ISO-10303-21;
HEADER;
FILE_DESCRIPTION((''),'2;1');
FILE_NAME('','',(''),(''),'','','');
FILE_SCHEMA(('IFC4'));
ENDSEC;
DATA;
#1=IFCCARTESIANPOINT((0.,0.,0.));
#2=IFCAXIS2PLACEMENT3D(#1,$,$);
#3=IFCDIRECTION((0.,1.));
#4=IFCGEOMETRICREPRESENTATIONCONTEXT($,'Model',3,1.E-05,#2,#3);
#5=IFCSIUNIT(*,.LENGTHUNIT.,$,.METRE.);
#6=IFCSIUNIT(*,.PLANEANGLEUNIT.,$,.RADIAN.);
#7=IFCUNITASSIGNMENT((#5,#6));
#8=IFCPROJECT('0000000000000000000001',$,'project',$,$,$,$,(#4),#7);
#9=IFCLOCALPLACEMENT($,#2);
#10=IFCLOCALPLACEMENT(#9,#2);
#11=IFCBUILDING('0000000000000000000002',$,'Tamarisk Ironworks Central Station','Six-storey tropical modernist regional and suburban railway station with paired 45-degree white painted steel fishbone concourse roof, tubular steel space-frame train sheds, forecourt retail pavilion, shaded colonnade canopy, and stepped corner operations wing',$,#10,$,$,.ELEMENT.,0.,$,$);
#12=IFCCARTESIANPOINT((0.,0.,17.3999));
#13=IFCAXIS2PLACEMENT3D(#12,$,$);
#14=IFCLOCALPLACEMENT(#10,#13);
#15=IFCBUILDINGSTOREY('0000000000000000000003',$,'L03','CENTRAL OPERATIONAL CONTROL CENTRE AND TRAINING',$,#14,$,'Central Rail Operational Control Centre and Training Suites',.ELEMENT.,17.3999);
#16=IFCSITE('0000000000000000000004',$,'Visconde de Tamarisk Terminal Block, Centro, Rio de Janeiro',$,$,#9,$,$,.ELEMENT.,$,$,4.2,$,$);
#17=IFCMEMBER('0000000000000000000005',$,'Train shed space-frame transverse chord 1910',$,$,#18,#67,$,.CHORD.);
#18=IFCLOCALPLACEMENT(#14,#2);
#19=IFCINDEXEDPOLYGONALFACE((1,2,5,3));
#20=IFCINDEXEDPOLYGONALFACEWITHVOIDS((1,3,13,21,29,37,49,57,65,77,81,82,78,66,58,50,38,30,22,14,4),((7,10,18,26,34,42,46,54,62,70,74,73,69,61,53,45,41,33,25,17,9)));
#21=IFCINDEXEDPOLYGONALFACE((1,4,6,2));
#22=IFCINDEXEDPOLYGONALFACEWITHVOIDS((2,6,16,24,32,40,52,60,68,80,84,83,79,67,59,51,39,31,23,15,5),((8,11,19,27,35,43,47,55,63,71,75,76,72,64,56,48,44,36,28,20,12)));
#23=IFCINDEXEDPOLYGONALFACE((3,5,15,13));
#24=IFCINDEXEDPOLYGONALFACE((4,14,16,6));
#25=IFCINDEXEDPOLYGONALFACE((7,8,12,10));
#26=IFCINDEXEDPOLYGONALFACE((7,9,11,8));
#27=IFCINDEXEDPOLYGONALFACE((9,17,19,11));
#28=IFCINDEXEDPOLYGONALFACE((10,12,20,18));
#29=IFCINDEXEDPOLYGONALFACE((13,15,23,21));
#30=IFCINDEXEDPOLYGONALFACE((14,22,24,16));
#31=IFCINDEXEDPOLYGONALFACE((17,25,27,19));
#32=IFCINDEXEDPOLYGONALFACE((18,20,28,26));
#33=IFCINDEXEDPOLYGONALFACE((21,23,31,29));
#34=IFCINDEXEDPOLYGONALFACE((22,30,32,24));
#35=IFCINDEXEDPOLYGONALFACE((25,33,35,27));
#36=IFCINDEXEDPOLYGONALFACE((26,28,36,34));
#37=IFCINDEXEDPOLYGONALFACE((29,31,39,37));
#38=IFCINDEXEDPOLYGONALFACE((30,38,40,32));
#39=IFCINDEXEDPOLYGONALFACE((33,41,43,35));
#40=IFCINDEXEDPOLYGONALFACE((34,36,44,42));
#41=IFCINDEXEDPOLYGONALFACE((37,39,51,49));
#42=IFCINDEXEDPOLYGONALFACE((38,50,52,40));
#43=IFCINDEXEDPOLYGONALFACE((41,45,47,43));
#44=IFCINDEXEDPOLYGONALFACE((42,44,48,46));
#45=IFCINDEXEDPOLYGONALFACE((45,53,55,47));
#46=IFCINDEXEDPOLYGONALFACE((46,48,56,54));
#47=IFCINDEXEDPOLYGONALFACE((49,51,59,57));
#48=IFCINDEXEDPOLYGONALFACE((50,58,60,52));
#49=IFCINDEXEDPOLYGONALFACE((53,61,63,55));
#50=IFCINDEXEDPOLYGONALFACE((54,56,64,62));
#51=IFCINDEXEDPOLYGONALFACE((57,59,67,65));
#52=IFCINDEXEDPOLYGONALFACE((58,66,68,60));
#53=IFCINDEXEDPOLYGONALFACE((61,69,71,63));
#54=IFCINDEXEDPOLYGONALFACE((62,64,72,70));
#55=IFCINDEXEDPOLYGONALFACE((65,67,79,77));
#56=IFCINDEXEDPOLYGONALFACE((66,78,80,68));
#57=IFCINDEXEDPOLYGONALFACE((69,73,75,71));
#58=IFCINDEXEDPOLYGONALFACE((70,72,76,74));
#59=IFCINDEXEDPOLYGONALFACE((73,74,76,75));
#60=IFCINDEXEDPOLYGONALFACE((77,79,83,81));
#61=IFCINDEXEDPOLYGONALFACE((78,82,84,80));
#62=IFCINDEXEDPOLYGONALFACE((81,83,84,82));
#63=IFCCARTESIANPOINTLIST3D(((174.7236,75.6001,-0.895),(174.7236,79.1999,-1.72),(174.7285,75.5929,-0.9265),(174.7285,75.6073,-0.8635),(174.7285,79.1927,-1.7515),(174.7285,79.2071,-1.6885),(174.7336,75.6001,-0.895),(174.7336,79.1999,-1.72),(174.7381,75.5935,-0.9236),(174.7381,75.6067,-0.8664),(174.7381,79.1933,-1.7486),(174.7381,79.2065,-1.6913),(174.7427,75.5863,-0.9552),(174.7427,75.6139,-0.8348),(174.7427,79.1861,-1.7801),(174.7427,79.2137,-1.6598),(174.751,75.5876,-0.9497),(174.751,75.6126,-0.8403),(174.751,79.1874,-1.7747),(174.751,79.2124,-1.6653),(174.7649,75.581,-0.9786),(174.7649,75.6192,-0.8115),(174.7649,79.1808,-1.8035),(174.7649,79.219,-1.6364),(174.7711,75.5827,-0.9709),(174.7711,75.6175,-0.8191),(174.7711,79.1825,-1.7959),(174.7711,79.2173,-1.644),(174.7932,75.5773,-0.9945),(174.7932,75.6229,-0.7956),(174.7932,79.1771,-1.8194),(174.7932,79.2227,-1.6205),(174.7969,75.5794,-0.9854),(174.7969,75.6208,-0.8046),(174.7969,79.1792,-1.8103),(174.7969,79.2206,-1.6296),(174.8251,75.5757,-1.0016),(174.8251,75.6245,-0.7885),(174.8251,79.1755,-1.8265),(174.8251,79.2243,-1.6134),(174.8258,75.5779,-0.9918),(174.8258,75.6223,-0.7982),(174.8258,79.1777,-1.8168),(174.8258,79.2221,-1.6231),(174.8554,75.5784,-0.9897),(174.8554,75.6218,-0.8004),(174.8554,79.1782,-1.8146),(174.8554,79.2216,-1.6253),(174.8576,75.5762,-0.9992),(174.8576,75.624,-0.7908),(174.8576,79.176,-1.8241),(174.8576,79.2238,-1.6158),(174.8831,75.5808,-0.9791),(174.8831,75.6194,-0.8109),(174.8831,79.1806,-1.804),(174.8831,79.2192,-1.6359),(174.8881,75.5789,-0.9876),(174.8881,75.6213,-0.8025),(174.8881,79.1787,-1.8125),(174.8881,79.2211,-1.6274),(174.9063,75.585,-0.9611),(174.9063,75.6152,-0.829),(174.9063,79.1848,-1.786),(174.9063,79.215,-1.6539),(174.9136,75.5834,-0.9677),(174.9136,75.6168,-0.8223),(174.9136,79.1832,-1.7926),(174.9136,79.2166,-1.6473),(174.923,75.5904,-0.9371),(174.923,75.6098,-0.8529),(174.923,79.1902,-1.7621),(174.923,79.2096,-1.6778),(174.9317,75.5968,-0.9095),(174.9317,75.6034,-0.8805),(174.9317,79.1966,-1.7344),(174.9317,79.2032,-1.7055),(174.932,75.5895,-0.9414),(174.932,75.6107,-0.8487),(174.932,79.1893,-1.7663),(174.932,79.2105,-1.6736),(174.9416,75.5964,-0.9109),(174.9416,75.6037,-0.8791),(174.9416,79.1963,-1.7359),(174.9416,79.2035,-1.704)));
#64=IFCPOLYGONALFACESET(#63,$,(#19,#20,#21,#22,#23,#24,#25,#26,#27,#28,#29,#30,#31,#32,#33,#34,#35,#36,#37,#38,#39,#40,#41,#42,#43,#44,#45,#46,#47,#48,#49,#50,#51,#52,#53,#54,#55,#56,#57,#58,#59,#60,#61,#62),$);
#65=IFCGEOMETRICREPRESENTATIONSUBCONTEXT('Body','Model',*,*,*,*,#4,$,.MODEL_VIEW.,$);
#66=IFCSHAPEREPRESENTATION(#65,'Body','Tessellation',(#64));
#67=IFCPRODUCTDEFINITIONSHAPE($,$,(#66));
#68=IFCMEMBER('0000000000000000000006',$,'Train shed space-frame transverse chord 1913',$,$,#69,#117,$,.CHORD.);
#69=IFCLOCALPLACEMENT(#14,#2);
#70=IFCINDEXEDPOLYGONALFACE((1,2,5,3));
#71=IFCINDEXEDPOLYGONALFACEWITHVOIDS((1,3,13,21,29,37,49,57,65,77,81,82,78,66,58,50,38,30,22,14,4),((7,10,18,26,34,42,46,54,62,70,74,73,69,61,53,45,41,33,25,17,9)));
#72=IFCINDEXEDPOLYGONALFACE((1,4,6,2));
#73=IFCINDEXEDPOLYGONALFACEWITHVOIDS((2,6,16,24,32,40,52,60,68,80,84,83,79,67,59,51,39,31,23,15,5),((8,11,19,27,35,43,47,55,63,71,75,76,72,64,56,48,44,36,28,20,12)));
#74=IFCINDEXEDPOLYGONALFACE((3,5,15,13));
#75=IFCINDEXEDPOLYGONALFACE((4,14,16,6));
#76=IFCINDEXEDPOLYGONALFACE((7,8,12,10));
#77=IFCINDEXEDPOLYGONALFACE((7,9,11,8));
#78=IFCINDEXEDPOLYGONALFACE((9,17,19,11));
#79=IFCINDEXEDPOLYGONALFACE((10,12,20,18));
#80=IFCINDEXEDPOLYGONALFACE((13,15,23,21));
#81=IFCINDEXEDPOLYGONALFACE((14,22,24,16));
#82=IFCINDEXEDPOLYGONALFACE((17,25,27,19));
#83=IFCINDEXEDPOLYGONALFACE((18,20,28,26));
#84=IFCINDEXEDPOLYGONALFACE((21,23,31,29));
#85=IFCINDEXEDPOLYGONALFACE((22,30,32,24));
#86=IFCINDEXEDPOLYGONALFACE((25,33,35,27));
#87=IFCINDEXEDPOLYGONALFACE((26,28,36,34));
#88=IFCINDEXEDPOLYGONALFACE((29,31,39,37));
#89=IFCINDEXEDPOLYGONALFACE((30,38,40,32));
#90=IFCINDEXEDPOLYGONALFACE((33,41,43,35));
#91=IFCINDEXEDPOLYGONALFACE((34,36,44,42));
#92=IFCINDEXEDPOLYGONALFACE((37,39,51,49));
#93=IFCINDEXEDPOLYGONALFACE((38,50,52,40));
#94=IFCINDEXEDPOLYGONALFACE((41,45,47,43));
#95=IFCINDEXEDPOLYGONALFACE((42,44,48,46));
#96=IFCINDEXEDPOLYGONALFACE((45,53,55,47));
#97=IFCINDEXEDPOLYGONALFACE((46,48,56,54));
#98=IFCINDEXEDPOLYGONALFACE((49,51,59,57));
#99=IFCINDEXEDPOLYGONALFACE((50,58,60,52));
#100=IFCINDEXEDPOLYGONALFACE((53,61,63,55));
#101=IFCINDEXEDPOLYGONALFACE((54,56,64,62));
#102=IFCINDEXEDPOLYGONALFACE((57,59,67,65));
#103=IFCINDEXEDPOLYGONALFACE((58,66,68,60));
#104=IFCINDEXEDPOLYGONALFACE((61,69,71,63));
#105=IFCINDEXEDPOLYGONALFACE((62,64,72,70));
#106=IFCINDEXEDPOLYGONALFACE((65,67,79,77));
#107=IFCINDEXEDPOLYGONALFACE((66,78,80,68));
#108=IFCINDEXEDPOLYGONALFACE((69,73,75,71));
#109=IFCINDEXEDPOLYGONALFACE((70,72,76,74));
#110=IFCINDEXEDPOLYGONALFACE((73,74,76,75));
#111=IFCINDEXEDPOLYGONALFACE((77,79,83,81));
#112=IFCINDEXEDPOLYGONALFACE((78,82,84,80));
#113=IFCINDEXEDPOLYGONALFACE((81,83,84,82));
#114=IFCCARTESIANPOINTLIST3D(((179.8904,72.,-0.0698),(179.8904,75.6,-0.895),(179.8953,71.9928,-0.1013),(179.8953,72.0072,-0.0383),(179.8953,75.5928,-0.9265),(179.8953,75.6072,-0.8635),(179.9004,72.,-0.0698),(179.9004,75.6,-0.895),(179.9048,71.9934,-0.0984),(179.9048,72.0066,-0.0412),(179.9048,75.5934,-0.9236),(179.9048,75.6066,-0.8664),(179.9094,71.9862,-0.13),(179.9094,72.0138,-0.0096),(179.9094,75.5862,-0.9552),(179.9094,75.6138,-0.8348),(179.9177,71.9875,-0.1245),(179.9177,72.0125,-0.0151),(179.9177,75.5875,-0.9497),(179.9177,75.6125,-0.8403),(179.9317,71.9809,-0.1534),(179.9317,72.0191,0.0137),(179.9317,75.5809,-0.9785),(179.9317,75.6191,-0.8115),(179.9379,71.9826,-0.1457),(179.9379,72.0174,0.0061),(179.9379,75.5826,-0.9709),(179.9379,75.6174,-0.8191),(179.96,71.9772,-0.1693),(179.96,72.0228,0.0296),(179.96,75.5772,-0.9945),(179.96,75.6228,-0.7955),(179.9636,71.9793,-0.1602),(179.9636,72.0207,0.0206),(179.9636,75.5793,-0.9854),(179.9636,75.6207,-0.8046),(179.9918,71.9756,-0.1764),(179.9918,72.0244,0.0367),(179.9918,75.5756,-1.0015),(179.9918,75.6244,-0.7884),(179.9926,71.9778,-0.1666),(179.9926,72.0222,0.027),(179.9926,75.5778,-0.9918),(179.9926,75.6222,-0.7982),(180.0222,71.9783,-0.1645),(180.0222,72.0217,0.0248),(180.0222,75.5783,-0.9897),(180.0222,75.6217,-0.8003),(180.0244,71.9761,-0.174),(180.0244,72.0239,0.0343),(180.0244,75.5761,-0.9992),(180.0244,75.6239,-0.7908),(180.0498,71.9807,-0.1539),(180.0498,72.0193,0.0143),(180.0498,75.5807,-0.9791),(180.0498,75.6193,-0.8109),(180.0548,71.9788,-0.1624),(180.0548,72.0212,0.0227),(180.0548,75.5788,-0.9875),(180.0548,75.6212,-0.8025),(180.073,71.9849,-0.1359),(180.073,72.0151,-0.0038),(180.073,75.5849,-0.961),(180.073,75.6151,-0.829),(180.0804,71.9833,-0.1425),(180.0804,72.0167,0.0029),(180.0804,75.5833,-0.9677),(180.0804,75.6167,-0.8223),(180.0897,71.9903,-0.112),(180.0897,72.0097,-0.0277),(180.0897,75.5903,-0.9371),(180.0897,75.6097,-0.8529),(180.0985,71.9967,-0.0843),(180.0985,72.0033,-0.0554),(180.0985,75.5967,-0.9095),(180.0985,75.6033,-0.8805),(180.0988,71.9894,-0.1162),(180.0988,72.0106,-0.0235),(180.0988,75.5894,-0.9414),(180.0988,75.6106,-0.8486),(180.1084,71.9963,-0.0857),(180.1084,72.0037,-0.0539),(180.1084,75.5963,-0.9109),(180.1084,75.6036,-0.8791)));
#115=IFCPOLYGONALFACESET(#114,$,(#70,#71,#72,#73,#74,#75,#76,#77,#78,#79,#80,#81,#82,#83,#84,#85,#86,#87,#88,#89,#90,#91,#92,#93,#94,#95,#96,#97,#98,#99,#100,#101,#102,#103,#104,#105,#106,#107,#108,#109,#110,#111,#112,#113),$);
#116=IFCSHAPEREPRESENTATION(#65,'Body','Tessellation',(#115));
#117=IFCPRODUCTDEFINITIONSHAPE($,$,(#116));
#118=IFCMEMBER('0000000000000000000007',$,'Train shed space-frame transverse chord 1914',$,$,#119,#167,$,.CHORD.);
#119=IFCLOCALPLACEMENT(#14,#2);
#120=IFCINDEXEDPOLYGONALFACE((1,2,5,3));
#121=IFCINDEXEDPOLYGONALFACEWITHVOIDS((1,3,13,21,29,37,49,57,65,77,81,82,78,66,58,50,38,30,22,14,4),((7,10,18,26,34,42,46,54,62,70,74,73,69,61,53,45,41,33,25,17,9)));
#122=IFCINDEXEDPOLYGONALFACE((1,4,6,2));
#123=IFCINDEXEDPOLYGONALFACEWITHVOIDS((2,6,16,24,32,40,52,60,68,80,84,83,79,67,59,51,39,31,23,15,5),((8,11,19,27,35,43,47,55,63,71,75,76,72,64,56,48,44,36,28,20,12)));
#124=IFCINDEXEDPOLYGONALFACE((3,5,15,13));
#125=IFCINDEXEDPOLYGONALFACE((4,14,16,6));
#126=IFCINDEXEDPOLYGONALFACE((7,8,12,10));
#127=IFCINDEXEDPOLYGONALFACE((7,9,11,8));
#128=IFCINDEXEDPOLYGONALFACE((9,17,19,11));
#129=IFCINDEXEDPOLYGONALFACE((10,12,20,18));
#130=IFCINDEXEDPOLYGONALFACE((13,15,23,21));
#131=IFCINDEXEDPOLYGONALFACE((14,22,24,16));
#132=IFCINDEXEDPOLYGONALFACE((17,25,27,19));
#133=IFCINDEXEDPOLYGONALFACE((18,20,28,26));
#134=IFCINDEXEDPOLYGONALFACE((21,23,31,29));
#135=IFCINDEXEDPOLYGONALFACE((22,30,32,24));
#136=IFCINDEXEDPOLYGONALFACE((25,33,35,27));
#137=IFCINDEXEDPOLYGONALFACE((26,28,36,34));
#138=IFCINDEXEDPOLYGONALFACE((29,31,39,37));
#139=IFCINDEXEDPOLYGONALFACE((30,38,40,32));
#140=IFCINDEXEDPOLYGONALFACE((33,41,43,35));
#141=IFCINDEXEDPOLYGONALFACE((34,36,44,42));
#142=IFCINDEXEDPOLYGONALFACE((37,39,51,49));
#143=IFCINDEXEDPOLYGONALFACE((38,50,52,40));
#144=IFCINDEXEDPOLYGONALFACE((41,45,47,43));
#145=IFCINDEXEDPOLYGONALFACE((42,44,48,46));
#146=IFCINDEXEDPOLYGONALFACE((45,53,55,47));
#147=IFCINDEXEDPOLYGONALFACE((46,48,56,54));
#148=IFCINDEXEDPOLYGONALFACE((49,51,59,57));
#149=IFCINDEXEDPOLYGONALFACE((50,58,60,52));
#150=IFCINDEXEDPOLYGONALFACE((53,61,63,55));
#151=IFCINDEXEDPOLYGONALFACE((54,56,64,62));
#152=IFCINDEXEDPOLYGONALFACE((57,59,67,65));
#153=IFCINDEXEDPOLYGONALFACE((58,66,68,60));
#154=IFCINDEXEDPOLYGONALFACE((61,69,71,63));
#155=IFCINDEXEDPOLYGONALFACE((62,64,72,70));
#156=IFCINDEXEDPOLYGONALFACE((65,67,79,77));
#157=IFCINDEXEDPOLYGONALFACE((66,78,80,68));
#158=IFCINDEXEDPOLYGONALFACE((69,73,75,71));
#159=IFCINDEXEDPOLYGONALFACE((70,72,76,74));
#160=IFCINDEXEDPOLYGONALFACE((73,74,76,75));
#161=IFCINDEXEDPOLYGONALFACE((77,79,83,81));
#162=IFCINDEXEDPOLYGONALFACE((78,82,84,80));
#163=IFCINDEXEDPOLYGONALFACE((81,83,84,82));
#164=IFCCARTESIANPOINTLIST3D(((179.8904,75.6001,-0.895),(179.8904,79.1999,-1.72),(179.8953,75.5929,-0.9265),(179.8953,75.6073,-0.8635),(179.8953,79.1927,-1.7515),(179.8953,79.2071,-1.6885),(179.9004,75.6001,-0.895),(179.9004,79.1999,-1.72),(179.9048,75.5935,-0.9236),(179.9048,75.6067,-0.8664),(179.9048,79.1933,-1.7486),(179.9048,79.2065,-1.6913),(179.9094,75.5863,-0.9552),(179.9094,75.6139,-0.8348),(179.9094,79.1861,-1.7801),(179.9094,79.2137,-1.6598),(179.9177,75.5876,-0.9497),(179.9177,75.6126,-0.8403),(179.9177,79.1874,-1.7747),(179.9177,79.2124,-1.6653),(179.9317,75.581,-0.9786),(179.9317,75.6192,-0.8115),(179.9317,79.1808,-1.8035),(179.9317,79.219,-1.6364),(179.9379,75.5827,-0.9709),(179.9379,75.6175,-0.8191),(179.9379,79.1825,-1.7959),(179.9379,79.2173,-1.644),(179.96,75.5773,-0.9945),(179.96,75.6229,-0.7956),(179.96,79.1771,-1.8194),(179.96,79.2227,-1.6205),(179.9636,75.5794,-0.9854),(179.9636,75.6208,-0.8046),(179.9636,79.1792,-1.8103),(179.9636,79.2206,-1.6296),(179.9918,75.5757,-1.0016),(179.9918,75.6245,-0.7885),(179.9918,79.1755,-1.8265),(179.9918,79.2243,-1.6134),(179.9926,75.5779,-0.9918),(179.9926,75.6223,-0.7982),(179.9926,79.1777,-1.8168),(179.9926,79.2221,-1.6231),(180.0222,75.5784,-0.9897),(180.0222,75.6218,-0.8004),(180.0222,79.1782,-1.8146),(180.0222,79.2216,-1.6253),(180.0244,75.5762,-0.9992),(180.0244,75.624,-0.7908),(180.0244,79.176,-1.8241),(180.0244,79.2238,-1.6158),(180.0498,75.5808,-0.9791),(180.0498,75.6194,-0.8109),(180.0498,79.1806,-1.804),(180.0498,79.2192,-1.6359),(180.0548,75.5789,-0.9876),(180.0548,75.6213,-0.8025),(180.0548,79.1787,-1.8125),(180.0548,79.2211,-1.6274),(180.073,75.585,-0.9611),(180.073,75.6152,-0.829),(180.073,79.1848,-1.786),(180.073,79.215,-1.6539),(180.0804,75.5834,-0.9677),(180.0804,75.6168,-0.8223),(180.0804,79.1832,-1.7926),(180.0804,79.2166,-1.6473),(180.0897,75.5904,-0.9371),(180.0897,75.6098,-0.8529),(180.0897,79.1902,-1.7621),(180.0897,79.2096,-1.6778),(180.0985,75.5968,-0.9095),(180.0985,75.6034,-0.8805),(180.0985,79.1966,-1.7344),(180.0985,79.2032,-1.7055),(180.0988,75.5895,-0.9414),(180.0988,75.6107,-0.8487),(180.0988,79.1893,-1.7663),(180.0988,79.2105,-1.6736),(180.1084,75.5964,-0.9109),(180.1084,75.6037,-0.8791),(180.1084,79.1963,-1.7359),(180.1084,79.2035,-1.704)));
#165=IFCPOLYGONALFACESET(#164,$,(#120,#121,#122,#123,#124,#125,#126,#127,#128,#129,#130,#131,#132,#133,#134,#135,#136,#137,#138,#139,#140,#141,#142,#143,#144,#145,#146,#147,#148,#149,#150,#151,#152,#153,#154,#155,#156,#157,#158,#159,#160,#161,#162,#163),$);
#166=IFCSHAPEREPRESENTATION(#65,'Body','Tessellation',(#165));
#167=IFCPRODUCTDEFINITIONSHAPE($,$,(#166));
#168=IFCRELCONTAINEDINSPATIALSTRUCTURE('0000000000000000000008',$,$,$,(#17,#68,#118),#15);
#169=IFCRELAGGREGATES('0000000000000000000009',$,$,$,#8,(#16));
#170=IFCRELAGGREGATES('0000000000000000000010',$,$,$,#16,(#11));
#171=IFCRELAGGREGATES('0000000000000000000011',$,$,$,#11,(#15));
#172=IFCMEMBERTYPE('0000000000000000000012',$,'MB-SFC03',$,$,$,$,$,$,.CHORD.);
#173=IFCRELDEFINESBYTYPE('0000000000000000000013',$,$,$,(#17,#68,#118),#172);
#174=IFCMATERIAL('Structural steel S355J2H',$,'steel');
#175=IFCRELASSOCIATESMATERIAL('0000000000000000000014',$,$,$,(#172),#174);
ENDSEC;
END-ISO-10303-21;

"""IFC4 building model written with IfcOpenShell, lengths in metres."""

from ifc_helpers import new_model, si_unit, direction, frame, origin, origin_2d, place, context, subcontext, project, spatial, hollow_circle, extrude, material, material_profile, profile_set, type_object, element, save


model = new_model("IFC4")

# Units and contexts
model_context = context("Model", 3, precision=1e-05, world=origin(), true_north=direction((0.0, 1.0)))
body_context = subcontext(model_context, "Body", "Model", "MODEL_VIEW")
ifc_project = project(units=[si_unit("LENGTHUNIT", "METRE"), si_unit("PLANEANGLEUNIT", "RADIAN")], contexts=[model_context])

# Site, building, storey
site_placement = place(None, origin())
site = spatial("IfcSite", under=ifc_project, at=site_placement, Name="Visconde de Tamarisk Terminal Block, Centro, Rio de Janeiro", CompositionType="ELEMENT", RefElevation=4.2)
building_placement = place(site_placement, origin())
building = spatial("IfcBuilding", under=site, at=building_placement, Name="Tamarisk Ironworks Central Station", Description="Six-storey tropical modernist regional and suburban railway station with paired 45-degree white painted steel fishbone concourse roof, tubular steel space-frame train sheds, forecourt retail pavilion, shaded colonnade canopy, and stepped corner operations wing", CompositionType="ELEMENT", ElevationOfRefHeight=0.0)
storey_placement = place(building_placement, frame((0.0, 0.0, 17.3999)))
storey = spatial("IfcBuildingStorey", under=building, at=storey_placement, Name="L03", Description="CENTRAL OPERATIONAL CONTROL CENTRE AND TRAINING", LongName="Central Rail Operational Control Centre and Training Suites", CompositionType="ELEMENT", Elevation=17.3999)

# Members
ifc_material_1 = material(Name="Structural steel S355J2H", Category="steel")
ifc_material_profile_1 = material_profile(ifc_material_1, hollow_circle(Radius=0.1096, WallThickness=0.01, at=origin_2d()), Name="CHS 219.1x10")
ifc_profile_set_1 = profile_set([ifc_material_profile_1], Name="Structural steel S355J2H")
member_type_1 = type_object("IfcMemberType", Name="MB-SFC03", PredefinedType="CHORD", material=ifc_profile_set_1)
member_1_placement = place(storey_placement, frame((174.8333, 75.6001, -0.895), z_axis=(0.0, 0.974733, -0.223372), x_axis=(-1.0, 0.0, 0.0)))
element("IfcMember", 1, at=member_1_placement, inside=storey, type_object=member_type_1, Name="Train shed space-frame transverse chord 1910", PredefinedType="CHORD", context=body_context, shape_type="SweptSolid", body=[
    extrude(hollow_circle(Radius=0.1096, WallThickness=0.01, at=origin_2d()), origin(), (0.0, 0.0, 1.0), 3.6931),
])
member_2_placement = place(storey_placement, frame((180.0, 72.0, -0.0698), z_axis=(0.0, 0.974722, -0.223421), x_axis=(-1.0, 0.0, 0.0)))
element("IfcMember", 2, at=member_2_placement, inside=storey, type_object=member_type_1, Name="Train shed space-frame transverse chord 1913", PredefinedType="CHORD", context=body_context, shape_type="SweptSolid", body=[
    extrude(hollow_circle(Radius=0.1096, WallThickness=0.01, at=origin_2d()), origin(), (0.0, 0.0, 1.0), 3.6934),
])
member_3_placement = place(storey_placement, frame((180.0, 75.6001, -0.895), z_axis=(0.0, 0.974733, -0.223372), x_axis=(-1.0, 0.0, 0.0)))
element("IfcMember", 3, at=member_3_placement, inside=storey, type_object=member_type_1, Name="Train shed space-frame transverse chord 1914", PredefinedType="CHORD", context=body_context, shape_type="SweptSolid", body=[
    extrude(hollow_circle(Radius=0.1096, WallThickness=0.01, at=origin_2d()), origin(), (0.0, 0.0, 1.0), 3.6931),
])

save(model, "model.ifc")
